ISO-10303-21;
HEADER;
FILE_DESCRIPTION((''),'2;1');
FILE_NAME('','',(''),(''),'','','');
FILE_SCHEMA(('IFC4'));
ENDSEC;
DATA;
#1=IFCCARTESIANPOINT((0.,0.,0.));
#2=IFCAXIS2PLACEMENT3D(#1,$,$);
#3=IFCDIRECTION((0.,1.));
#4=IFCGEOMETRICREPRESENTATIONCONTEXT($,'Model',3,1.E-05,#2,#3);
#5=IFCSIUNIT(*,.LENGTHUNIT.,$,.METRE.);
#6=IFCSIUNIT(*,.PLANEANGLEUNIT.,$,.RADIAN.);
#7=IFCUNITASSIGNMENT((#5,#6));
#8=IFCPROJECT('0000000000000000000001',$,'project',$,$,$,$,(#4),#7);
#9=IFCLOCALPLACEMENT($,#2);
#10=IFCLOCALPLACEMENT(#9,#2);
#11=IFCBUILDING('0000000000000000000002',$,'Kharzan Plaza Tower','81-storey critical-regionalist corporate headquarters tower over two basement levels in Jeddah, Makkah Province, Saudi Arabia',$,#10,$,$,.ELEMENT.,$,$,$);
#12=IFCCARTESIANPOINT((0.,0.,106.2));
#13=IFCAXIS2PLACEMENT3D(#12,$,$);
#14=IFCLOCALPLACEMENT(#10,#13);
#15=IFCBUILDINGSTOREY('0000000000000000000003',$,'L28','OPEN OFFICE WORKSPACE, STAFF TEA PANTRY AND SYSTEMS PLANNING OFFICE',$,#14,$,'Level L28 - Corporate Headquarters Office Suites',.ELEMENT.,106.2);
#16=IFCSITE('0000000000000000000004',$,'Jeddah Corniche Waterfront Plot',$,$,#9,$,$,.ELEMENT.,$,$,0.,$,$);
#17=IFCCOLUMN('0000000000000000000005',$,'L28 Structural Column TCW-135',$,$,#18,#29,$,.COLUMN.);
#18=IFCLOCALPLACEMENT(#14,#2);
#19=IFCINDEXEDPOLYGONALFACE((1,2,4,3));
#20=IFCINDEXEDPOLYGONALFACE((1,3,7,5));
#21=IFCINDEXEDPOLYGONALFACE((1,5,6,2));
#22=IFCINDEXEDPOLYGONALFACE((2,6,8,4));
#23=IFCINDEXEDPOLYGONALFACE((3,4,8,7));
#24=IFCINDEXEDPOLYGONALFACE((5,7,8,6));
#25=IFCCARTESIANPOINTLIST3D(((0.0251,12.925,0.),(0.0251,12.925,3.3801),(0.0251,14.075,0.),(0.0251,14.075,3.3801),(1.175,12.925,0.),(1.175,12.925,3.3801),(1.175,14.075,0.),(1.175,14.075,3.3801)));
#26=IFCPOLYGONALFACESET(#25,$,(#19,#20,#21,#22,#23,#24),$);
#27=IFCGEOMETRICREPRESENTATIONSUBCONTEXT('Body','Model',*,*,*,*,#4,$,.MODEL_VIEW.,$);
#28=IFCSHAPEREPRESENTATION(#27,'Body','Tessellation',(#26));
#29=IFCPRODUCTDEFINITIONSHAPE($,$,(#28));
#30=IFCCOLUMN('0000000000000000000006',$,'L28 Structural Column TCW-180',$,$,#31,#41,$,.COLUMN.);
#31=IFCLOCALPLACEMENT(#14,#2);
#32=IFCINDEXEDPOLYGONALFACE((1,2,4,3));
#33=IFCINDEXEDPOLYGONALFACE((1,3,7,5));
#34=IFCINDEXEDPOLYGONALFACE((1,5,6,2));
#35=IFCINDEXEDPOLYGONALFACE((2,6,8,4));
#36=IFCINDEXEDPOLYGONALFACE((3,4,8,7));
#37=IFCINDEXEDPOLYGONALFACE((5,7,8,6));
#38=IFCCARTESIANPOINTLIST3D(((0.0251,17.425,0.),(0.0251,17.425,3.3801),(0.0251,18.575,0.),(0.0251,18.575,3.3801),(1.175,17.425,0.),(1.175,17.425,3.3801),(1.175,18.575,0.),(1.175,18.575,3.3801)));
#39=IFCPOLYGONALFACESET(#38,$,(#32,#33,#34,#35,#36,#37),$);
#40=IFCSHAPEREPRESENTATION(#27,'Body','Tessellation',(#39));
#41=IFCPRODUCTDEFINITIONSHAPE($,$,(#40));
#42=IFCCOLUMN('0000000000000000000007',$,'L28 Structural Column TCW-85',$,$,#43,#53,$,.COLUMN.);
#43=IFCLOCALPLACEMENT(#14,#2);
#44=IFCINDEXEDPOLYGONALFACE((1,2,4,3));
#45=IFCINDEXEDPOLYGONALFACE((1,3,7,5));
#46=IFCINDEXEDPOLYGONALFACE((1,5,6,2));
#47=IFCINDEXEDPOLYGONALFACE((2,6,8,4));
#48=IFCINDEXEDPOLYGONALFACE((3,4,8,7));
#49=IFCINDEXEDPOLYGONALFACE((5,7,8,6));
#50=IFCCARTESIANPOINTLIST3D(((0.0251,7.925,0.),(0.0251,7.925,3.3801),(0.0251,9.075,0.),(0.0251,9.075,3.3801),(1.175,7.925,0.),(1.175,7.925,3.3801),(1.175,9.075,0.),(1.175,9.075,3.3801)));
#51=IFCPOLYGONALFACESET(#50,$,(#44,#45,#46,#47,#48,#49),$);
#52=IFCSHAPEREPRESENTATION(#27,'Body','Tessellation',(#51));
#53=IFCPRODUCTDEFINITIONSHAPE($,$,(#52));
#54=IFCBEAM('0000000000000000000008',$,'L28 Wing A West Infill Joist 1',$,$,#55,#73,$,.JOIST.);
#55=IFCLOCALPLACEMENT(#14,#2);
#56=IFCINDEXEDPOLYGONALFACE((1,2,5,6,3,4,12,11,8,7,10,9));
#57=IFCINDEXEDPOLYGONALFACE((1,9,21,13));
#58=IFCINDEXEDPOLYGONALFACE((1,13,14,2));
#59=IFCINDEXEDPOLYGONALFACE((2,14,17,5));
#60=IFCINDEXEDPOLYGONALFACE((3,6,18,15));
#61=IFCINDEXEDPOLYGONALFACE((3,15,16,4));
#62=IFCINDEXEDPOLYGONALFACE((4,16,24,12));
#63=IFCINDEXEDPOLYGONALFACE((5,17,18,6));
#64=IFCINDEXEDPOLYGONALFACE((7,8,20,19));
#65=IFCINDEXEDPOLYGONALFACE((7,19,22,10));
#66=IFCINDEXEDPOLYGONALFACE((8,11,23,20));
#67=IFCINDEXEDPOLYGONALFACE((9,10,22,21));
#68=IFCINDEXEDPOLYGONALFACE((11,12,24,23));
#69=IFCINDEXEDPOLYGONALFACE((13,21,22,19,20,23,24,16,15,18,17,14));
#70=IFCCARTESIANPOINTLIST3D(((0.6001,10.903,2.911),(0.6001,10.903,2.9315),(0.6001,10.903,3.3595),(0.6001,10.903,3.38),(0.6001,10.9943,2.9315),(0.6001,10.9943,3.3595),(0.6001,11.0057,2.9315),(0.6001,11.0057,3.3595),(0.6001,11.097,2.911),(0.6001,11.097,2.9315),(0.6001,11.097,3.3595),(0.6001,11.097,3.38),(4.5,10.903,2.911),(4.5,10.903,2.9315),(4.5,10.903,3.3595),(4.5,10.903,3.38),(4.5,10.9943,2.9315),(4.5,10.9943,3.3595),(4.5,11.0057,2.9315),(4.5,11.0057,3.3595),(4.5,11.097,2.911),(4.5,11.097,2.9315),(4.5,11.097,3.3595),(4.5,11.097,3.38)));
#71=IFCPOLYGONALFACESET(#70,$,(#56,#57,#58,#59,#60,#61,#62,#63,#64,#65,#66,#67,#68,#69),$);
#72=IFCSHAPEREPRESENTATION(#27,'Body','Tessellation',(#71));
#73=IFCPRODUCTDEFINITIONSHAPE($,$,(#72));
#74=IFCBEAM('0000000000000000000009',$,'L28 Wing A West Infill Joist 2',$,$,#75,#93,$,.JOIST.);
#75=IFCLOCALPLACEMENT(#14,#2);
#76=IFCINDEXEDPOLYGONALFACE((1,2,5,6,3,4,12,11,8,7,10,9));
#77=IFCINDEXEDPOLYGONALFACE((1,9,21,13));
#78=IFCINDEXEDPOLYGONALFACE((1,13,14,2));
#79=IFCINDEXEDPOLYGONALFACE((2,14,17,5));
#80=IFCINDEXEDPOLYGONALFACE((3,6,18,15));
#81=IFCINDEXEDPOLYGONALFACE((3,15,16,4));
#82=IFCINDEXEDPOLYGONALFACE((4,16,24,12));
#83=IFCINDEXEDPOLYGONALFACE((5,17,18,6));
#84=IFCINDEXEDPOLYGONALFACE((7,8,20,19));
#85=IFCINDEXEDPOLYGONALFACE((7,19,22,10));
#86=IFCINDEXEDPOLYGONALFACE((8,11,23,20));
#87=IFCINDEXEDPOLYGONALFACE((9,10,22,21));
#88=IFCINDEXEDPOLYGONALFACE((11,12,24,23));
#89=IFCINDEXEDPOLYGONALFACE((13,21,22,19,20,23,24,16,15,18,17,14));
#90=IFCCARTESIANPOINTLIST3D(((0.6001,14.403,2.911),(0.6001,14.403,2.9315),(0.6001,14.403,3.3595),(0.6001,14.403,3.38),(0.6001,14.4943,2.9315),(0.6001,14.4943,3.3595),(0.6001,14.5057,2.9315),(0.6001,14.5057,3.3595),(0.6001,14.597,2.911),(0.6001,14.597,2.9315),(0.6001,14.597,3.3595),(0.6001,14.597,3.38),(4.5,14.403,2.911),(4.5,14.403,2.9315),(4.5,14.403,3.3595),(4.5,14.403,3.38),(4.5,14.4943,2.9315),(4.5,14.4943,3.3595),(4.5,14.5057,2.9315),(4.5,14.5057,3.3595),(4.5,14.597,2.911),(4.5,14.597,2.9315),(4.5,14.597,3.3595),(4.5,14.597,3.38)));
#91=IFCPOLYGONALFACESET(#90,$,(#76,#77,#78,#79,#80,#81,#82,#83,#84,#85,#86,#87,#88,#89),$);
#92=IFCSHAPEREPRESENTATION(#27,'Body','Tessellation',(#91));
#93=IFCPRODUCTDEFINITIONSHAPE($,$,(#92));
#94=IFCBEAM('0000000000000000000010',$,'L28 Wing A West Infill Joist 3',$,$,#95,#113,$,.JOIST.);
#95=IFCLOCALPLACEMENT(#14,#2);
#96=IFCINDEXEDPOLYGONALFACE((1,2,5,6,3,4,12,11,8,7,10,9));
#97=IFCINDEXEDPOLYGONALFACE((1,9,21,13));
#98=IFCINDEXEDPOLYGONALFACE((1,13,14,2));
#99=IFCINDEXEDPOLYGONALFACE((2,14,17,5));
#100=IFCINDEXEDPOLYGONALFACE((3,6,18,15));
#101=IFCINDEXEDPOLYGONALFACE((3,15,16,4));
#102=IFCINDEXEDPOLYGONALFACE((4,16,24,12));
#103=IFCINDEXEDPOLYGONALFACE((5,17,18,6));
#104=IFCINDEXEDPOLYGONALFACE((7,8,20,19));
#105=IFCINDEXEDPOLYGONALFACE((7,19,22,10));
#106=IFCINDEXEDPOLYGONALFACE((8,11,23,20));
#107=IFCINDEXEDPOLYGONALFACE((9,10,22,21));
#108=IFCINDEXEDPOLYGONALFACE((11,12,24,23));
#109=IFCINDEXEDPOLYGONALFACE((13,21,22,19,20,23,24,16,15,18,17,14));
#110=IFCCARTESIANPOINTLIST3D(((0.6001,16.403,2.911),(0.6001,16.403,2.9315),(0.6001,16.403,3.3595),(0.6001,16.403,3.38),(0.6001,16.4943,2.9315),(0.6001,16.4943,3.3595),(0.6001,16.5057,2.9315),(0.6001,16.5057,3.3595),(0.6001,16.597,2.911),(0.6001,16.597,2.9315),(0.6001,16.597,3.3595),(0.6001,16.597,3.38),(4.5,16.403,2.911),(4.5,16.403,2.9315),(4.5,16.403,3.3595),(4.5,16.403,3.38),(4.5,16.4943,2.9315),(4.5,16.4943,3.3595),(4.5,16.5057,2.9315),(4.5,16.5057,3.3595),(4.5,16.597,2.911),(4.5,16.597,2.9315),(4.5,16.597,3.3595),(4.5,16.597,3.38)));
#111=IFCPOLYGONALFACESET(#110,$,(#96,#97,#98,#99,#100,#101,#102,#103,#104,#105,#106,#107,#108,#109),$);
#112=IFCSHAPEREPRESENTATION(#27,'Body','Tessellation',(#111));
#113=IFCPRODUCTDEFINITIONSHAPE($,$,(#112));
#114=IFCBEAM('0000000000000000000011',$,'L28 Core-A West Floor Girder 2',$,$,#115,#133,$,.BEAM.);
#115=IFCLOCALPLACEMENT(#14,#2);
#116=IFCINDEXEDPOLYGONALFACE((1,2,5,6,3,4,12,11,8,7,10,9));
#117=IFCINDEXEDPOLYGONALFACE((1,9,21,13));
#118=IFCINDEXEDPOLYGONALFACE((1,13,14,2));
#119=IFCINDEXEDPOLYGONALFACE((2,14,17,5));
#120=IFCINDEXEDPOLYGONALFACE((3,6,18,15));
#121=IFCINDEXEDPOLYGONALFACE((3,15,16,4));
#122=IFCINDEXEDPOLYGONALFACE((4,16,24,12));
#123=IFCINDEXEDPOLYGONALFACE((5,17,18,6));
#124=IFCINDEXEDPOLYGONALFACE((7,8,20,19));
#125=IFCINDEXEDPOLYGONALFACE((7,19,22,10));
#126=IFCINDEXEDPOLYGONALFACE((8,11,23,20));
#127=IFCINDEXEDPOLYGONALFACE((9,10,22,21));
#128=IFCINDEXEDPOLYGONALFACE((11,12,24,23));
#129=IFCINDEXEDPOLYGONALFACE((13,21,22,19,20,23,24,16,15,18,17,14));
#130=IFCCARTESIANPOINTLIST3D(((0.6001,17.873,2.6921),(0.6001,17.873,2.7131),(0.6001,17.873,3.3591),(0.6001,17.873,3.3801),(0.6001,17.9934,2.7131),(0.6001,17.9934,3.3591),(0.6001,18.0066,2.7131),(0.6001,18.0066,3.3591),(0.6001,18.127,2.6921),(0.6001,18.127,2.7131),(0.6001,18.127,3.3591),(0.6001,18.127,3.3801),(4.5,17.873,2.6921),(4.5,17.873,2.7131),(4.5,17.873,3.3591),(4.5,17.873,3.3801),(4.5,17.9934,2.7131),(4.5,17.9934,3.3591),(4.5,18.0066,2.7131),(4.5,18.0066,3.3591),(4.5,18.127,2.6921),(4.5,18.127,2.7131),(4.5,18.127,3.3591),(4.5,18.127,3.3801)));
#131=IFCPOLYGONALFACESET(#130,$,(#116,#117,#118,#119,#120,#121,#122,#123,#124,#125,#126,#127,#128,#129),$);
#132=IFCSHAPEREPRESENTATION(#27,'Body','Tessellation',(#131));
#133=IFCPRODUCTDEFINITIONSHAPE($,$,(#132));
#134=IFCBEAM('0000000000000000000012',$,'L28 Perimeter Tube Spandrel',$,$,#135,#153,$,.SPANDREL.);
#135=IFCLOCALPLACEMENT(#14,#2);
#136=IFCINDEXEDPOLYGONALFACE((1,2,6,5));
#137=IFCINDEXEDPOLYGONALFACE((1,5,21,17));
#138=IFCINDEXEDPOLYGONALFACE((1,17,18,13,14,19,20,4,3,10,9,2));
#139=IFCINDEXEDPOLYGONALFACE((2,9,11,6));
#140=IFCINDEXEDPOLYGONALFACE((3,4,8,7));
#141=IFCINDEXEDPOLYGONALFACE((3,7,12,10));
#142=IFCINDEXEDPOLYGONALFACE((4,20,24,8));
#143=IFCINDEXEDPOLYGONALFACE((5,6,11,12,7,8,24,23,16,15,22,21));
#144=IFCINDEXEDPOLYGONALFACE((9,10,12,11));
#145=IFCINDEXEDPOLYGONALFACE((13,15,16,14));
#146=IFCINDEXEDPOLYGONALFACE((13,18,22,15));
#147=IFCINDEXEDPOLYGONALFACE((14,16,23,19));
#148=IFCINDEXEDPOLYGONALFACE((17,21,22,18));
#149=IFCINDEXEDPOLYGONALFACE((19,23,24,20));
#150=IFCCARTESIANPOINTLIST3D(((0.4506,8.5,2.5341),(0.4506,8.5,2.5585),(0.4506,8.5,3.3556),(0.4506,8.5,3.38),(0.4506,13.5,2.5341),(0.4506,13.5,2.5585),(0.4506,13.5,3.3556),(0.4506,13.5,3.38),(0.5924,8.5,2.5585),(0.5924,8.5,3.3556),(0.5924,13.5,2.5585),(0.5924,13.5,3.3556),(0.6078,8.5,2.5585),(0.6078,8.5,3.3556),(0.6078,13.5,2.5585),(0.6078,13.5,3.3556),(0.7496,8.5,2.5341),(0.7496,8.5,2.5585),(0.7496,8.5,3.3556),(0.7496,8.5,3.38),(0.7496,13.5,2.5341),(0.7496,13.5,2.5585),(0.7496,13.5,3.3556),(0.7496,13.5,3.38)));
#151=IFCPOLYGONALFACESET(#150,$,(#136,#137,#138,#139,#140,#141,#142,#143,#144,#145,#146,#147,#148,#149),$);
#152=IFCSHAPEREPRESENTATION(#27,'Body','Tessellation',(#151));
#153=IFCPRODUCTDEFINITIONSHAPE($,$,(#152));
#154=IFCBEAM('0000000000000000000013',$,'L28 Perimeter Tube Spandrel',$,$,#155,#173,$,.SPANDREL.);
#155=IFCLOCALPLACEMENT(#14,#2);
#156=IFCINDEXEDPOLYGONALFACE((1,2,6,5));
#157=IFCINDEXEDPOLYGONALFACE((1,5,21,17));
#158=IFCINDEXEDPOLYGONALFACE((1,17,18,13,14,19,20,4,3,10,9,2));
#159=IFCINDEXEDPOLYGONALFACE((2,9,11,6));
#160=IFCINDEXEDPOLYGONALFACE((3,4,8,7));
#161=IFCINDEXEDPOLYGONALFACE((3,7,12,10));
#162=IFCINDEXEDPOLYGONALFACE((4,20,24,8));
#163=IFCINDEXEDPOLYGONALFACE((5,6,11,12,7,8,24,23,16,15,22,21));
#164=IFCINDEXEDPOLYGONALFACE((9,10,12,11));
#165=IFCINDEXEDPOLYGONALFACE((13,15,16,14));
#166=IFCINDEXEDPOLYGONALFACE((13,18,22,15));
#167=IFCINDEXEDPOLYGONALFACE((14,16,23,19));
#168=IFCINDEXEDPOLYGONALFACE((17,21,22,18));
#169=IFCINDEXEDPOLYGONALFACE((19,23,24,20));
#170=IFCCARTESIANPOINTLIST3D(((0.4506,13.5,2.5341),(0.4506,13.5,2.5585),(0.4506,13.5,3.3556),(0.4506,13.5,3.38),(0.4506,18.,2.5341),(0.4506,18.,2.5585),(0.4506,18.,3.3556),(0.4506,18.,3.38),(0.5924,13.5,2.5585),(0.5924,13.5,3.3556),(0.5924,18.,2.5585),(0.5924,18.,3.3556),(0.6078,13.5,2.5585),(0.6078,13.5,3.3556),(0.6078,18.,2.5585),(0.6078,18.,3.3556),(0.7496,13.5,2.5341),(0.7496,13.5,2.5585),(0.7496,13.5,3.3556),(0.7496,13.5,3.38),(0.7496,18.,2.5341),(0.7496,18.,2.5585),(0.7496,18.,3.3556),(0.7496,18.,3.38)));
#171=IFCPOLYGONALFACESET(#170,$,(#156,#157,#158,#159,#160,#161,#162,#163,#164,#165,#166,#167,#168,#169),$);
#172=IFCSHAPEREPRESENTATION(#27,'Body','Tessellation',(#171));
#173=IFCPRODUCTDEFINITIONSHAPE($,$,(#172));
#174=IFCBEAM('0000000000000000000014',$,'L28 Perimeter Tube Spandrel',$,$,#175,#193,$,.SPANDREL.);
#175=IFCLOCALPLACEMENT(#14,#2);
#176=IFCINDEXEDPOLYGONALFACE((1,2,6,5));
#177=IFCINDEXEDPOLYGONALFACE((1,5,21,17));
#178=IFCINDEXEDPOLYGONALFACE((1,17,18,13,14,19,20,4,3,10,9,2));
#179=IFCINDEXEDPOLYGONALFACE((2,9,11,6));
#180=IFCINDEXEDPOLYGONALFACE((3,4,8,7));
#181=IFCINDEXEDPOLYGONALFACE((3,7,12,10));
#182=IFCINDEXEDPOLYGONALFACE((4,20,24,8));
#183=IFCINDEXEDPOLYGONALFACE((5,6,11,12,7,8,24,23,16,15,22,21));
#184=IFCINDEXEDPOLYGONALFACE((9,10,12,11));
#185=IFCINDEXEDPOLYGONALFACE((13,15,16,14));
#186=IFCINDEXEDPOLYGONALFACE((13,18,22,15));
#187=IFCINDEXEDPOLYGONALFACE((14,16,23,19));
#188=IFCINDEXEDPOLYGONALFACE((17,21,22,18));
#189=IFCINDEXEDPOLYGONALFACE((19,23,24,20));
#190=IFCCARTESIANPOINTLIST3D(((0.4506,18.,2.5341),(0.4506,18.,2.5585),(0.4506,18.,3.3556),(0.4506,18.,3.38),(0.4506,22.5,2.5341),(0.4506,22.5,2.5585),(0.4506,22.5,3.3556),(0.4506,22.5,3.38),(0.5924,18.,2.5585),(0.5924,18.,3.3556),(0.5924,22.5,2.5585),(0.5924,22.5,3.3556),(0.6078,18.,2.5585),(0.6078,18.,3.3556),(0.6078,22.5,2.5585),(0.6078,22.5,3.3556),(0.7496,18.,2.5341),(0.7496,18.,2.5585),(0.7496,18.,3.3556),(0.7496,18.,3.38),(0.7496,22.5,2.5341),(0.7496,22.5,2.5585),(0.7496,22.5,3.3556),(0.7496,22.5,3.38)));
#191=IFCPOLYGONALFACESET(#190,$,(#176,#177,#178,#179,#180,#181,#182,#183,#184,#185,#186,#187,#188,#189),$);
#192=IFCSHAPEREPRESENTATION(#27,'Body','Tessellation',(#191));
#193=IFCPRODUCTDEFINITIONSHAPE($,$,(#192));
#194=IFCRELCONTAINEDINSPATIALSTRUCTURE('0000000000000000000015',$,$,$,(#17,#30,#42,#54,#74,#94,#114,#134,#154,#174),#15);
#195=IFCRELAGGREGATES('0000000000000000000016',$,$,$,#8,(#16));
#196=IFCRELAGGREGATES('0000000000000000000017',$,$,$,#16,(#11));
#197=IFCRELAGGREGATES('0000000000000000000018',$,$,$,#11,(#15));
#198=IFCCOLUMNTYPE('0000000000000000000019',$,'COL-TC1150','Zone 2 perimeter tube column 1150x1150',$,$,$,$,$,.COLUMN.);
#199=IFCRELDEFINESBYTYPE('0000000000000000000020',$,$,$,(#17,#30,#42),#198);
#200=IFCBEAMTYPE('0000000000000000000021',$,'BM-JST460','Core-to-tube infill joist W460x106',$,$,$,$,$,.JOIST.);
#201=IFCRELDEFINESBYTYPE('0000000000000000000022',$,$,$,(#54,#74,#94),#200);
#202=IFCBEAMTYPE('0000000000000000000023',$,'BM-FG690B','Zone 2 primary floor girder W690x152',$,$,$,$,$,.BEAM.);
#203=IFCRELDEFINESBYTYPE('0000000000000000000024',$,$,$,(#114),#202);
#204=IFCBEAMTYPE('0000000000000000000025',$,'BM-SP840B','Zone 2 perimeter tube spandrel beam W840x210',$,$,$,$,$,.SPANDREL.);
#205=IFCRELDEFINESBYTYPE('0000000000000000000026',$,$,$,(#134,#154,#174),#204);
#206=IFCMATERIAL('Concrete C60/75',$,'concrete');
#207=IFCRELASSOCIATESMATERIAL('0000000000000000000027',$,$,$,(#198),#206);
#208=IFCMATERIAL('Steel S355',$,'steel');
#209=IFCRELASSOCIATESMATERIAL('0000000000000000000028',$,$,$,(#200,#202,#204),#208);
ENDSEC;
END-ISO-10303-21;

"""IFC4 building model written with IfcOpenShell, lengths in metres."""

from ifc_helpers import new_model, si_unit, direction, frame, origin, origin_2d, place, context, subcontext, project, spatial, rectangle, i_section, extrude, source, transform, mapped, material, material_profile, profile_set, type_object, element, save


model = new_model("IFC4")

# Units and contexts
model_context = context("Model", 3, precision=1e-05, world=origin(), true_north=direction((0.0, 1.0)))
body_context = subcontext(model_context, "Body", "Model", "MODEL_VIEW")
ifc_project = project(units=[si_unit("LENGTHUNIT", "METRE"), si_unit("PLANEANGLEUNIT", "RADIAN")], contexts=[model_context])

# Site, building, storey
site_placement = place(None, origin())
site = spatial("IfcSite", under=ifc_project, at=site_placement, Name="Jeddah Corniche Waterfront Plot", CompositionType="ELEMENT", RefElevation=0.0)
building_placement = place(site_placement, origin())
building = spatial("IfcBuilding", under=site, at=building_placement, Name="Kharzan Plaza Tower", Description="81-storey critical-regionalist corporate headquarters tower over two basement levels in Jeddah, Makkah Province, Saudi Arabia", CompositionType="ELEMENT")
storey_placement = place(building_placement, frame((0.0, 0.0, 106.2)))
storey = spatial("IfcBuildingStorey", under=building, at=storey_placement, Name="L28", Description="OPEN OFFICE WORKSPACE, STAFF TEA PANTRY AND SYSTEMS PLANNING OFFICE", LongName="Level L28 - Corporate Headquarters Office Suites", CompositionType="ELEMENT", Elevation=106.2)

# Columns
ifc_material_1 = material(Name="Concrete C60/75", Category="concrete")
ifc_material_profile_1 = material_profile(ifc_material_1, rectangle(XDim=1.1499, YDim=1.1499, at=origin_2d()), Name="RC-TC1150x1150")
ifc_profile_set_1 = profile_set([ifc_material_profile_1], Name="Concrete C60/75")
column_type = type_object("IfcColumnType", Name="COL-TC1150", Description="Zone 2 perimeter tube column 1150x1150", PredefinedType="COLUMN", material=ifc_profile_set_1)
shared_shape_1 = source(origin(), body_context, "Body", "SweptSolid", [
    extrude(rectangle(XDim=1.1499, YDim=1.1499, at=origin_2d()), origin(), (0.0, 0.0, 1.0), 3.3801),
])
for number, where, z_axis, x_axis, name in (
    (1, (0.6001, 13.5, 0.0), (0.0, 0.0, 1.0), (1.0, 0.0, 0.0), "L28 Structural Column TCW-135"),
    (2, (0.6001, 18.0, 0.0), (0.0, 0.0, 1.0), (1.0, 0.0, 0.0), "L28 Structural Column TCW-180"),
    (3, (0.6001, 8.5, 0.0), (0.0, 0.0, 1.0), (1.0, 0.0, 0.0), "L28 Structural Column TCW-85"),
):
    element("IfcColumn", number, at=place(storey_placement, frame(where, z_axis=z_axis, x_axis=x_axis)), inside=storey, type_object=column_type, Name=name, PredefinedType="COLUMN", context=body_context, shape_type="MappedRepresentation", body=[
        mapped(shared_shape_1, transform((0.0, 0.0, 0.0), x_axis=(1.0, 0.0, 0.0), y_axis=(0.0, 1.0, 0.0), z_axis=(0.0, 0.0, 1.0))),
    ])

# Beams
ifc_material_2 = material(Name="Steel S355", Category="steel")
ifc_material_profile_2 = material_profile(ifc_material_2, i_section(OverallWidth=0.1941, OverallDepth=0.469, WebThickness=0.0115, FlangeThickness=0.0205, at=origin_2d()), Name="W460x106")
ifc_profile_set_2 = profile_set([ifc_material_profile_2], Name="Steel S355")
beam_type_1 = type_object("IfcBeamType", Name="BM-JST460", Description="Core-to-tube infill joist W460x106", PredefinedType="JOIST", material=ifc_profile_set_2)
shared_shape_2 = source(origin(), body_context, "Body", "SweptSolid", [
    extrude(i_section(OverallWidth=0.1941, OverallDepth=0.469, WebThickness=0.0115, FlangeThickness=0.0205, at=origin_2d()), origin(), (0.0, 0.0, 1.0), 3.8999),
])
for number, where, z_axis, x_axis, name in (
    (4, (0.6001, 11.0, 3.1455), (1.0, 0.0, 0.0), (0.0, 1.0, 0.0), "L28 Wing A West Infill Joist 1"),
    (5, (0.6001, 14.5, 3.1455), (1.0, 0.0, 0.0), (0.0, 1.0, 0.0), "L28 Wing A West Infill Joist 2"),
    (6, (0.6001, 16.5, 3.1455), (1.0, 0.0, 0.0), (0.0, 1.0, 0.0), "L28 Wing A West Infill Joist 3"),
):
    element("IfcBeam", number, at=place(storey_placement, frame(where, z_axis=z_axis, x_axis=x_axis)), inside=storey, type_object=beam_type_1, Name=name, PredefinedType="JOIST", context=body_context, shape_type="MappedRepresentation", body=[
        mapped(shared_shape_2, transform((0.0, 0.0, 0.0), x_axis=(1.0, 0.0, 0.0), y_axis=(0.0, 1.0, 0.0), z_axis=(0.0, 0.0, 1.0))),
    ])
ifc_material_profile_3 = material_profile(ifc_material_2, i_section(OverallWidth=0.2539, OverallDepth=0.688, WebThickness=0.0132, FlangeThickness=0.021, at=origin_2d()), Name="W690x152")
ifc_profile_set_3 = profile_set([ifc_material_profile_3], Name="Steel S355")
beam_type_2 = type_object("IfcBeamType", Name="BM-FG690B", Description="Zone 2 primary floor girder W690x152", PredefinedType="BEAM", material=ifc_profile_set_3)
shared_shape_3 = source(origin(), body_context, "Body", "SweptSolid", [
    extrude(i_section(OverallWidth=0.2539, OverallDepth=0.688, WebThickness=0.0132, FlangeThickness=0.021, at=origin_2d()), origin(), (0.0, 0.0, 1.0), 3.8999),
])
beam_1_placement = place(storey_placement, frame((0.6001, 18.0, 3.0361), z_axis=(1.0, 0.0, 0.0), x_axis=(0.0, 1.0, 0.0)))
element("IfcBeam", 7, at=beam_1_placement, inside=storey, type_object=beam_type_2, Name="L28 Core-A West Floor Girder 2", PredefinedType="BEAM", context=body_context, shape_type="MappedRepresentation", body=[
    mapped(shared_shape_3, transform((0.0, 0.0, 0.0), x_axis=(1.0, 0.0, 0.0), y_axis=(0.0, 1.0, 0.0), z_axis=(0.0, 0.0, 1.0))),
])
ifc_material_profile_4 = material_profile(ifc_material_2, i_section(OverallWidth=0.2991, OverallDepth=0.8459, WebThickness=0.0154, FlangeThickness=0.0244, at=origin_2d()), Name="W840x210")
ifc_profile_set_4 = profile_set([ifc_material_profile_4], Name="Steel S355")
beam_type_3 = type_object("IfcBeamType", Name="BM-SP840B", Description="Zone 2 perimeter tube spandrel beam W840x210", PredefinedType="SPANDREL", material=ifc_profile_set_4)
shared_shape_4 = source(origin(), body_context, "Body", "SweptSolid", [
    extrude(i_section(OverallWidth=0.2991, OverallDepth=0.8459, WebThickness=0.0154, FlangeThickness=0.0244, at=origin_2d()), origin(), (0.0, 0.0, 1.0), 5.0),
])
beam_2_placement = place(storey_placement, frame((0.6001, 8.5, 2.957), z_axis=(0.0, 1.0, 0.0), x_axis=(-1.0, 0.0, 0.0)))
element("IfcBeam", 8, at=beam_2_placement, inside=storey, type_object=beam_type_3, Name="L28 Perimeter Tube Spandrel", PredefinedType="SPANDREL", context=body_context, shape_type="MappedRepresentation", body=[
    mapped(shared_shape_4, transform((0.0, 0.0, 0.0), x_axis=(1.0, 0.0, 0.0), y_axis=(0.0, 1.0, 0.0), z_axis=(0.0, 0.0, 1.0))),
])
shared_shape_5 = source(origin(), body_context, "Body", "SweptSolid", [
    extrude(i_section(OverallWidth=0.2991, OverallDepth=0.8459, WebThickness=0.0154, FlangeThickness=0.0244, at=origin_2d()), origin(), (0.0, 0.0, 1.0), 4.5),
])
for number, where, z_axis, x_axis, name in (
    (9, (0.6001, 13.5, 2.957), (0.0, 1.0, 0.0), (-1.0, 0.0, 0.0), "L28 Perimeter Tube Spandrel"),
    (10, (0.6001, 18.0, 2.957), (0.0, 1.0, 0.0), (-1.0, 0.0, 0.0), "L28 Perimeter Tube Spandrel"),
):
    element("IfcBeam", number, at=place(storey_placement, frame(where, z_axis=z_axis, x_axis=x_axis)), inside=storey, type_object=beam_type_3, Name=name, PredefinedType="SPANDREL", context=body_context, shape_type="MappedRepresentation", body=[
        mapped(shared_shape_5, transform((0.0, 0.0, 0.0), x_axis=(1.0, 0.0, 0.0), y_axis=(0.0, 1.0, 0.0), z_axis=(0.0, 0.0, 1.0))),
    ])

save(model, "model.ifc")
